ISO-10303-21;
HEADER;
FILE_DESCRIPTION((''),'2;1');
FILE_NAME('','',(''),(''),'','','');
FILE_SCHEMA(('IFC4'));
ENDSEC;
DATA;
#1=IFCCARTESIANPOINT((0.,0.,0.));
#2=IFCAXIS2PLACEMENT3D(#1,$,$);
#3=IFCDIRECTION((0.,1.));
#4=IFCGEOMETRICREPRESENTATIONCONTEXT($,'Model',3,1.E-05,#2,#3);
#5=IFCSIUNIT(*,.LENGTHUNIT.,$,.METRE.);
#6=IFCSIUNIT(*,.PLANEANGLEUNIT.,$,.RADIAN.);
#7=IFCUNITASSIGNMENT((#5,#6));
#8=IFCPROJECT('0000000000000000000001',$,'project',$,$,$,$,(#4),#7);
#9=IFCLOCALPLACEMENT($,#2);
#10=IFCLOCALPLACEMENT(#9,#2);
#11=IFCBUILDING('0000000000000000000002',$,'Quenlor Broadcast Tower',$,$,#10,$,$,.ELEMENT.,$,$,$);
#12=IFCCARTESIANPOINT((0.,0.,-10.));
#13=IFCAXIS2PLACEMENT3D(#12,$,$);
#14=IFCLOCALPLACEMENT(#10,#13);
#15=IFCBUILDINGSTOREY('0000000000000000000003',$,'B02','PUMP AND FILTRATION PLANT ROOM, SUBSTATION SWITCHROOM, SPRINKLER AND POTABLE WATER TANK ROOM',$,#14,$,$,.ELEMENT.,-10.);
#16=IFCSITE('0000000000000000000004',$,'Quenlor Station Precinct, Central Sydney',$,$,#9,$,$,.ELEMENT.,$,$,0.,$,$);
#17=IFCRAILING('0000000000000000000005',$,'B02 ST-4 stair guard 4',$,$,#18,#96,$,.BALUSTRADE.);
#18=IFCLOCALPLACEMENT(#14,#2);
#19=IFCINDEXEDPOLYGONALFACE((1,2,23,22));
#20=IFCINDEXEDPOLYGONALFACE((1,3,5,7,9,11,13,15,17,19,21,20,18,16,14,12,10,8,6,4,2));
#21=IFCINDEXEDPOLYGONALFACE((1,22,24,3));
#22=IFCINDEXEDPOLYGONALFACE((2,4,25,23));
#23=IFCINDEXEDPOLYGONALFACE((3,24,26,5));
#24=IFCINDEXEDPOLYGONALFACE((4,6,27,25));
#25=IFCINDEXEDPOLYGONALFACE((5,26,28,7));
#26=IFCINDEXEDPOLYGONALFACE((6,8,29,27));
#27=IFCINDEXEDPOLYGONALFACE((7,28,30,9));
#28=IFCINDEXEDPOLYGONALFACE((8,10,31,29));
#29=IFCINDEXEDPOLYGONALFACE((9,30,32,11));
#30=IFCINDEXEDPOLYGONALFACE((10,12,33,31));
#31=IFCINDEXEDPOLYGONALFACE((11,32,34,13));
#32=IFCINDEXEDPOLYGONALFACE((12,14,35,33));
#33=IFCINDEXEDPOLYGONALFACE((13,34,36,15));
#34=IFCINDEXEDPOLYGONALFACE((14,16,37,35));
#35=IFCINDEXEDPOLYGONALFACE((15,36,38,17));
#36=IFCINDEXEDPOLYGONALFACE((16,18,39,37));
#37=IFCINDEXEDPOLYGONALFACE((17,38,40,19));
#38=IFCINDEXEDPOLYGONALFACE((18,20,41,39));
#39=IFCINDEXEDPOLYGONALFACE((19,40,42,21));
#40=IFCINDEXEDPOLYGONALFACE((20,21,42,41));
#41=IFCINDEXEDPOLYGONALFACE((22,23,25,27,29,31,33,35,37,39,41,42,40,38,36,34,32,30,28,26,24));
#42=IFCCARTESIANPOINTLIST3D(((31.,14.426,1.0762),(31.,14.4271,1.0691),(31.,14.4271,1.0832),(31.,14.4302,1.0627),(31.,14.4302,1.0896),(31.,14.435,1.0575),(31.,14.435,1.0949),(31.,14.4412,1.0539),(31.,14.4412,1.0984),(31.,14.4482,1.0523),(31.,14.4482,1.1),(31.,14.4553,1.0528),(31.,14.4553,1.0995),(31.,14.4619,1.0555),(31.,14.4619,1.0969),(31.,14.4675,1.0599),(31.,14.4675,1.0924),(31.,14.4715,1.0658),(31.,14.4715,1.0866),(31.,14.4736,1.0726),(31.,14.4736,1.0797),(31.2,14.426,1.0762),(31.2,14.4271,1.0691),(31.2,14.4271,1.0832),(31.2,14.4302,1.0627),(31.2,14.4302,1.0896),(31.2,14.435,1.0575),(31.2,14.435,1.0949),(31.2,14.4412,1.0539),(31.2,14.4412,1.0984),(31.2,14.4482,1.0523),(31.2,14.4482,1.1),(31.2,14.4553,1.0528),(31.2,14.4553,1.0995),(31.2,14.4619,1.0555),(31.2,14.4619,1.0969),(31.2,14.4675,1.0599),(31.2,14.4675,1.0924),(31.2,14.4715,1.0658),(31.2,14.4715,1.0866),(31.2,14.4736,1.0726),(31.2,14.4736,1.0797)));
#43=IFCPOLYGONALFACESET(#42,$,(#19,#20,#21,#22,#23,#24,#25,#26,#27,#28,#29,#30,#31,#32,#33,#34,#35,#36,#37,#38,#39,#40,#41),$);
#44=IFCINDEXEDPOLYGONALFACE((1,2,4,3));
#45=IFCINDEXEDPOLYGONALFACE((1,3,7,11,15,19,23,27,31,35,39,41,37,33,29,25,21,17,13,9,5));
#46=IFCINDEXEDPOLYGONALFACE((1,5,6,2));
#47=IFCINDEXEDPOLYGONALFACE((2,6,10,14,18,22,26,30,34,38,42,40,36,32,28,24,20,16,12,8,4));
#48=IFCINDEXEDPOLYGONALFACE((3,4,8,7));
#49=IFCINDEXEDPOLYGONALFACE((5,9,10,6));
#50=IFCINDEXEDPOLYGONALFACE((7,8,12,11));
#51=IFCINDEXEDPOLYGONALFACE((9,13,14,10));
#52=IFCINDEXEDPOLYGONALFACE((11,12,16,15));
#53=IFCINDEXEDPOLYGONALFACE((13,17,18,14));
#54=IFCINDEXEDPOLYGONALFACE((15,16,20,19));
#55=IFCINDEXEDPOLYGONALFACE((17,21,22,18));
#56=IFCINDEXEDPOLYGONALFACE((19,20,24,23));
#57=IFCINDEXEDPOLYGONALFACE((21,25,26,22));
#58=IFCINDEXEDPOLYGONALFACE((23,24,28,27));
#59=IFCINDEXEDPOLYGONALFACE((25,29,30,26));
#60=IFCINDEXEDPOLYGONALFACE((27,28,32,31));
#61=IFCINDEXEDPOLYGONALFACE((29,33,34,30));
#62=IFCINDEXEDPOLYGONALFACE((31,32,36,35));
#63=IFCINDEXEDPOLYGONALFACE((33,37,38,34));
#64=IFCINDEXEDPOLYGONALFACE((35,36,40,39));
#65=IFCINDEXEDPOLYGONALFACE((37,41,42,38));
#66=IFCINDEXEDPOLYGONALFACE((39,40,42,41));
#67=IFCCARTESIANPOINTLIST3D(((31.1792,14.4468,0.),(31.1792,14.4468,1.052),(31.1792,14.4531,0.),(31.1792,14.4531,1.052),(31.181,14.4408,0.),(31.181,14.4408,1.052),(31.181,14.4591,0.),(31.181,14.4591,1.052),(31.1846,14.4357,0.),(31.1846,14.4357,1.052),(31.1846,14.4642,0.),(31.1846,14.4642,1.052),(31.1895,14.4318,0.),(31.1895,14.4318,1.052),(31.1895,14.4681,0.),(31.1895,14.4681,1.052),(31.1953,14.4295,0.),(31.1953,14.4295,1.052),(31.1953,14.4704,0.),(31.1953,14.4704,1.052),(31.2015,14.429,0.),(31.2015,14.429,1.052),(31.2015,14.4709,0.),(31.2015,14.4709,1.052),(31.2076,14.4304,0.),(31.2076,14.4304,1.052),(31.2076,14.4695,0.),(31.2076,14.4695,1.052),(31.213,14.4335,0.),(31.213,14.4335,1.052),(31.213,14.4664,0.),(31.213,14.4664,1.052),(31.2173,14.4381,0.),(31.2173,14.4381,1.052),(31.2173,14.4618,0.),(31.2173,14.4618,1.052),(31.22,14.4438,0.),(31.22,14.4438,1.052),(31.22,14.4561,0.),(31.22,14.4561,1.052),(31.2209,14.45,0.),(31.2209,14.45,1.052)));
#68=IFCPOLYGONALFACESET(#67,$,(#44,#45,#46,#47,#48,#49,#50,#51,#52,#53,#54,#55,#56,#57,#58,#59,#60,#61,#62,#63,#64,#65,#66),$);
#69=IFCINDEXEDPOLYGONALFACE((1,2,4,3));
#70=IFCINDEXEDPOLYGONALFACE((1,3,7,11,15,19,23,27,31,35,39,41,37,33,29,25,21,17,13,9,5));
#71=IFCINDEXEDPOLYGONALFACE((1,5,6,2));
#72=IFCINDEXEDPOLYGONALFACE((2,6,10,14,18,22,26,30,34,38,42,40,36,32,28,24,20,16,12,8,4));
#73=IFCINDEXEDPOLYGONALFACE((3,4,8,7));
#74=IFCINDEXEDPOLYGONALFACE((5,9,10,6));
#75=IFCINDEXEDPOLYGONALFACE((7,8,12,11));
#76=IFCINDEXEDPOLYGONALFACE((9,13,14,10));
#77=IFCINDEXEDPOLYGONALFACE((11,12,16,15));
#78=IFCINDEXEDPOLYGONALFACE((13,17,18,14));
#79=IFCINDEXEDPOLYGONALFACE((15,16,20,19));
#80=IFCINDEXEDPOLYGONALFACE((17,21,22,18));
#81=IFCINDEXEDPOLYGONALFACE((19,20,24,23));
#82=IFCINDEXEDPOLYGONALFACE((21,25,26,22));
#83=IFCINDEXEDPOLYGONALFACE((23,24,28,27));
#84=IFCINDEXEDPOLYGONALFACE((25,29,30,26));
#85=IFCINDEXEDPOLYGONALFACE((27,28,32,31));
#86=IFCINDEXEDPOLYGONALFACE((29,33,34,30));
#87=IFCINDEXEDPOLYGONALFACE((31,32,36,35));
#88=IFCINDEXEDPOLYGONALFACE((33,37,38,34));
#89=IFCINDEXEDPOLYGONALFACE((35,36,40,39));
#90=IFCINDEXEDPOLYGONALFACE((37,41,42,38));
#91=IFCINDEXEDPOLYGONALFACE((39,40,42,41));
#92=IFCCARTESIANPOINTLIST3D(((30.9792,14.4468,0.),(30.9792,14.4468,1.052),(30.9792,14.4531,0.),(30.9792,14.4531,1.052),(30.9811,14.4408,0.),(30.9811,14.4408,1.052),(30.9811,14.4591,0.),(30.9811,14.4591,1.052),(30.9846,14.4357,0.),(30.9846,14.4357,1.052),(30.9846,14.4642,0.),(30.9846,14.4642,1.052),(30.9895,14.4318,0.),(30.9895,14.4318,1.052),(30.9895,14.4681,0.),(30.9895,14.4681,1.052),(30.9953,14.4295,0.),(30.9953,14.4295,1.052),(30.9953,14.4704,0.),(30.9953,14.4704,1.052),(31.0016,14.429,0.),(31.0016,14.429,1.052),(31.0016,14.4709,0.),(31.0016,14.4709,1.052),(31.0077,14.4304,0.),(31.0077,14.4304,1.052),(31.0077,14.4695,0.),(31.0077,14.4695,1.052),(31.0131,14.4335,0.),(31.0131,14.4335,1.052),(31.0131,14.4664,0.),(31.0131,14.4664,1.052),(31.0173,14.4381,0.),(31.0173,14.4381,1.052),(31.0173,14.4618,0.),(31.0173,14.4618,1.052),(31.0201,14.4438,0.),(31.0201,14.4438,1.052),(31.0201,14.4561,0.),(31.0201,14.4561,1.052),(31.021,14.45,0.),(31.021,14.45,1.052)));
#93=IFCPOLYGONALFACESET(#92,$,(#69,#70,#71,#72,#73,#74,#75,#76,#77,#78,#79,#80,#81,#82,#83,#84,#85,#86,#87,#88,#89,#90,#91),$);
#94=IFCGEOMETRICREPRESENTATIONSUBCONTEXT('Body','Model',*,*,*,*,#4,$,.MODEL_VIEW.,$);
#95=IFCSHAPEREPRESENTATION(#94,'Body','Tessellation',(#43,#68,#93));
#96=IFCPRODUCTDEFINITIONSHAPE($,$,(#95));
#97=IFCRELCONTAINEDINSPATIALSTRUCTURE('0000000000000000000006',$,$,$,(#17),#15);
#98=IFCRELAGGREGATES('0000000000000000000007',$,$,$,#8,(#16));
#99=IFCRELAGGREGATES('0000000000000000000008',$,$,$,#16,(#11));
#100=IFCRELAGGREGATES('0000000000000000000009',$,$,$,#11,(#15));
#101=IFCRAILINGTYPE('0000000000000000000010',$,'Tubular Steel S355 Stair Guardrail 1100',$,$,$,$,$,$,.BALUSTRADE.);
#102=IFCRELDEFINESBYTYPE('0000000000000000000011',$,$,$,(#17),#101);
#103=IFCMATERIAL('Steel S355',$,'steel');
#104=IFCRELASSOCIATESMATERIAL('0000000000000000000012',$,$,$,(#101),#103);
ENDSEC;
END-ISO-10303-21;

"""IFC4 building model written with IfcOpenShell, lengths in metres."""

from ifc_helpers import new_model, si_unit, direction, frame, origin, origin_2d, place, context, subcontext, project, spatial, circle, extrude, material, type_object, element, save


model = new_model("IFC4")

# Units and contexts
model_context = context("Model", 3, precision=1e-05, world=origin(), true_north=direction((0.0, 1.0)))
body_context = subcontext(model_context, "Body", "Model", "MODEL_VIEW")
ifc_project = project(units=[si_unit("LENGTHUNIT", "METRE"), si_unit("PLANEANGLEUNIT", "RADIAN")], contexts=[model_context])

# Site, building, storey
site_placement = place(None, origin())
site = spatial("IfcSite", under=ifc_project, at=site_placement, Name="Quenlor Station Precinct, Central Sydney", CompositionType="ELEMENT", RefElevation=0.0)
building_placement = place(site_placement, origin())
building = spatial("IfcBuilding", under=site, at=building_placement, Name="Quenlor Broadcast Tower", CompositionType="ELEMENT")
storey_placement = place(building_placement, frame((0.0, 0.0, -10.0)))
storey = spatial("IfcBuildingStorey", under=building, at=storey_placement, Name="B02", Description="PUMP AND FILTRATION PLANT ROOM, SUBSTATION SWITCHROOM, SPRINKLER AND POTABLE WATER TANK ROOM", CompositionType="ELEMENT", Elevation=-10.0)

# Railing
ifc_material_1 = material(Name="Steel S355", Category="steel")
railing_type = type_object("IfcRailingType", Name="Tubular Steel S355 Stair Guardrail 1100", PredefinedType="BALUSTRADE", material=ifc_material_1)
railing_1_placement = place(storey_placement, frame((31.2, 14.45, 0.0)))
element("IfcRailing", 1, at=railing_1_placement, inside=storey, type_object=railing_type, Name="B02 ST-4 stair guard 4", PredefinedType="BALUSTRADE", context=body_context, shape_type="SweptSolid", body=[
    extrude(circle(Radius=0.0239, at=origin_2d()), frame((0.0, 0.0, 1.0762), z_axis=(-1.0, 0.0, 0.0), x_axis=(0.0, -1.0, 0.0)), (0.0, 0.0, 1.0), 0.2),
    extrude(circle(Radius=0.021, at=origin_2d()), origin(), (0.0, 0.0, 1.0), 1.052),
    extrude(circle(Radius=0.021, at=origin_2d()), frame((-0.2, 0.0, 0.0)), (0.0, 0.0, 1.0), 1.052),
])

save(model, "model.ifc")
